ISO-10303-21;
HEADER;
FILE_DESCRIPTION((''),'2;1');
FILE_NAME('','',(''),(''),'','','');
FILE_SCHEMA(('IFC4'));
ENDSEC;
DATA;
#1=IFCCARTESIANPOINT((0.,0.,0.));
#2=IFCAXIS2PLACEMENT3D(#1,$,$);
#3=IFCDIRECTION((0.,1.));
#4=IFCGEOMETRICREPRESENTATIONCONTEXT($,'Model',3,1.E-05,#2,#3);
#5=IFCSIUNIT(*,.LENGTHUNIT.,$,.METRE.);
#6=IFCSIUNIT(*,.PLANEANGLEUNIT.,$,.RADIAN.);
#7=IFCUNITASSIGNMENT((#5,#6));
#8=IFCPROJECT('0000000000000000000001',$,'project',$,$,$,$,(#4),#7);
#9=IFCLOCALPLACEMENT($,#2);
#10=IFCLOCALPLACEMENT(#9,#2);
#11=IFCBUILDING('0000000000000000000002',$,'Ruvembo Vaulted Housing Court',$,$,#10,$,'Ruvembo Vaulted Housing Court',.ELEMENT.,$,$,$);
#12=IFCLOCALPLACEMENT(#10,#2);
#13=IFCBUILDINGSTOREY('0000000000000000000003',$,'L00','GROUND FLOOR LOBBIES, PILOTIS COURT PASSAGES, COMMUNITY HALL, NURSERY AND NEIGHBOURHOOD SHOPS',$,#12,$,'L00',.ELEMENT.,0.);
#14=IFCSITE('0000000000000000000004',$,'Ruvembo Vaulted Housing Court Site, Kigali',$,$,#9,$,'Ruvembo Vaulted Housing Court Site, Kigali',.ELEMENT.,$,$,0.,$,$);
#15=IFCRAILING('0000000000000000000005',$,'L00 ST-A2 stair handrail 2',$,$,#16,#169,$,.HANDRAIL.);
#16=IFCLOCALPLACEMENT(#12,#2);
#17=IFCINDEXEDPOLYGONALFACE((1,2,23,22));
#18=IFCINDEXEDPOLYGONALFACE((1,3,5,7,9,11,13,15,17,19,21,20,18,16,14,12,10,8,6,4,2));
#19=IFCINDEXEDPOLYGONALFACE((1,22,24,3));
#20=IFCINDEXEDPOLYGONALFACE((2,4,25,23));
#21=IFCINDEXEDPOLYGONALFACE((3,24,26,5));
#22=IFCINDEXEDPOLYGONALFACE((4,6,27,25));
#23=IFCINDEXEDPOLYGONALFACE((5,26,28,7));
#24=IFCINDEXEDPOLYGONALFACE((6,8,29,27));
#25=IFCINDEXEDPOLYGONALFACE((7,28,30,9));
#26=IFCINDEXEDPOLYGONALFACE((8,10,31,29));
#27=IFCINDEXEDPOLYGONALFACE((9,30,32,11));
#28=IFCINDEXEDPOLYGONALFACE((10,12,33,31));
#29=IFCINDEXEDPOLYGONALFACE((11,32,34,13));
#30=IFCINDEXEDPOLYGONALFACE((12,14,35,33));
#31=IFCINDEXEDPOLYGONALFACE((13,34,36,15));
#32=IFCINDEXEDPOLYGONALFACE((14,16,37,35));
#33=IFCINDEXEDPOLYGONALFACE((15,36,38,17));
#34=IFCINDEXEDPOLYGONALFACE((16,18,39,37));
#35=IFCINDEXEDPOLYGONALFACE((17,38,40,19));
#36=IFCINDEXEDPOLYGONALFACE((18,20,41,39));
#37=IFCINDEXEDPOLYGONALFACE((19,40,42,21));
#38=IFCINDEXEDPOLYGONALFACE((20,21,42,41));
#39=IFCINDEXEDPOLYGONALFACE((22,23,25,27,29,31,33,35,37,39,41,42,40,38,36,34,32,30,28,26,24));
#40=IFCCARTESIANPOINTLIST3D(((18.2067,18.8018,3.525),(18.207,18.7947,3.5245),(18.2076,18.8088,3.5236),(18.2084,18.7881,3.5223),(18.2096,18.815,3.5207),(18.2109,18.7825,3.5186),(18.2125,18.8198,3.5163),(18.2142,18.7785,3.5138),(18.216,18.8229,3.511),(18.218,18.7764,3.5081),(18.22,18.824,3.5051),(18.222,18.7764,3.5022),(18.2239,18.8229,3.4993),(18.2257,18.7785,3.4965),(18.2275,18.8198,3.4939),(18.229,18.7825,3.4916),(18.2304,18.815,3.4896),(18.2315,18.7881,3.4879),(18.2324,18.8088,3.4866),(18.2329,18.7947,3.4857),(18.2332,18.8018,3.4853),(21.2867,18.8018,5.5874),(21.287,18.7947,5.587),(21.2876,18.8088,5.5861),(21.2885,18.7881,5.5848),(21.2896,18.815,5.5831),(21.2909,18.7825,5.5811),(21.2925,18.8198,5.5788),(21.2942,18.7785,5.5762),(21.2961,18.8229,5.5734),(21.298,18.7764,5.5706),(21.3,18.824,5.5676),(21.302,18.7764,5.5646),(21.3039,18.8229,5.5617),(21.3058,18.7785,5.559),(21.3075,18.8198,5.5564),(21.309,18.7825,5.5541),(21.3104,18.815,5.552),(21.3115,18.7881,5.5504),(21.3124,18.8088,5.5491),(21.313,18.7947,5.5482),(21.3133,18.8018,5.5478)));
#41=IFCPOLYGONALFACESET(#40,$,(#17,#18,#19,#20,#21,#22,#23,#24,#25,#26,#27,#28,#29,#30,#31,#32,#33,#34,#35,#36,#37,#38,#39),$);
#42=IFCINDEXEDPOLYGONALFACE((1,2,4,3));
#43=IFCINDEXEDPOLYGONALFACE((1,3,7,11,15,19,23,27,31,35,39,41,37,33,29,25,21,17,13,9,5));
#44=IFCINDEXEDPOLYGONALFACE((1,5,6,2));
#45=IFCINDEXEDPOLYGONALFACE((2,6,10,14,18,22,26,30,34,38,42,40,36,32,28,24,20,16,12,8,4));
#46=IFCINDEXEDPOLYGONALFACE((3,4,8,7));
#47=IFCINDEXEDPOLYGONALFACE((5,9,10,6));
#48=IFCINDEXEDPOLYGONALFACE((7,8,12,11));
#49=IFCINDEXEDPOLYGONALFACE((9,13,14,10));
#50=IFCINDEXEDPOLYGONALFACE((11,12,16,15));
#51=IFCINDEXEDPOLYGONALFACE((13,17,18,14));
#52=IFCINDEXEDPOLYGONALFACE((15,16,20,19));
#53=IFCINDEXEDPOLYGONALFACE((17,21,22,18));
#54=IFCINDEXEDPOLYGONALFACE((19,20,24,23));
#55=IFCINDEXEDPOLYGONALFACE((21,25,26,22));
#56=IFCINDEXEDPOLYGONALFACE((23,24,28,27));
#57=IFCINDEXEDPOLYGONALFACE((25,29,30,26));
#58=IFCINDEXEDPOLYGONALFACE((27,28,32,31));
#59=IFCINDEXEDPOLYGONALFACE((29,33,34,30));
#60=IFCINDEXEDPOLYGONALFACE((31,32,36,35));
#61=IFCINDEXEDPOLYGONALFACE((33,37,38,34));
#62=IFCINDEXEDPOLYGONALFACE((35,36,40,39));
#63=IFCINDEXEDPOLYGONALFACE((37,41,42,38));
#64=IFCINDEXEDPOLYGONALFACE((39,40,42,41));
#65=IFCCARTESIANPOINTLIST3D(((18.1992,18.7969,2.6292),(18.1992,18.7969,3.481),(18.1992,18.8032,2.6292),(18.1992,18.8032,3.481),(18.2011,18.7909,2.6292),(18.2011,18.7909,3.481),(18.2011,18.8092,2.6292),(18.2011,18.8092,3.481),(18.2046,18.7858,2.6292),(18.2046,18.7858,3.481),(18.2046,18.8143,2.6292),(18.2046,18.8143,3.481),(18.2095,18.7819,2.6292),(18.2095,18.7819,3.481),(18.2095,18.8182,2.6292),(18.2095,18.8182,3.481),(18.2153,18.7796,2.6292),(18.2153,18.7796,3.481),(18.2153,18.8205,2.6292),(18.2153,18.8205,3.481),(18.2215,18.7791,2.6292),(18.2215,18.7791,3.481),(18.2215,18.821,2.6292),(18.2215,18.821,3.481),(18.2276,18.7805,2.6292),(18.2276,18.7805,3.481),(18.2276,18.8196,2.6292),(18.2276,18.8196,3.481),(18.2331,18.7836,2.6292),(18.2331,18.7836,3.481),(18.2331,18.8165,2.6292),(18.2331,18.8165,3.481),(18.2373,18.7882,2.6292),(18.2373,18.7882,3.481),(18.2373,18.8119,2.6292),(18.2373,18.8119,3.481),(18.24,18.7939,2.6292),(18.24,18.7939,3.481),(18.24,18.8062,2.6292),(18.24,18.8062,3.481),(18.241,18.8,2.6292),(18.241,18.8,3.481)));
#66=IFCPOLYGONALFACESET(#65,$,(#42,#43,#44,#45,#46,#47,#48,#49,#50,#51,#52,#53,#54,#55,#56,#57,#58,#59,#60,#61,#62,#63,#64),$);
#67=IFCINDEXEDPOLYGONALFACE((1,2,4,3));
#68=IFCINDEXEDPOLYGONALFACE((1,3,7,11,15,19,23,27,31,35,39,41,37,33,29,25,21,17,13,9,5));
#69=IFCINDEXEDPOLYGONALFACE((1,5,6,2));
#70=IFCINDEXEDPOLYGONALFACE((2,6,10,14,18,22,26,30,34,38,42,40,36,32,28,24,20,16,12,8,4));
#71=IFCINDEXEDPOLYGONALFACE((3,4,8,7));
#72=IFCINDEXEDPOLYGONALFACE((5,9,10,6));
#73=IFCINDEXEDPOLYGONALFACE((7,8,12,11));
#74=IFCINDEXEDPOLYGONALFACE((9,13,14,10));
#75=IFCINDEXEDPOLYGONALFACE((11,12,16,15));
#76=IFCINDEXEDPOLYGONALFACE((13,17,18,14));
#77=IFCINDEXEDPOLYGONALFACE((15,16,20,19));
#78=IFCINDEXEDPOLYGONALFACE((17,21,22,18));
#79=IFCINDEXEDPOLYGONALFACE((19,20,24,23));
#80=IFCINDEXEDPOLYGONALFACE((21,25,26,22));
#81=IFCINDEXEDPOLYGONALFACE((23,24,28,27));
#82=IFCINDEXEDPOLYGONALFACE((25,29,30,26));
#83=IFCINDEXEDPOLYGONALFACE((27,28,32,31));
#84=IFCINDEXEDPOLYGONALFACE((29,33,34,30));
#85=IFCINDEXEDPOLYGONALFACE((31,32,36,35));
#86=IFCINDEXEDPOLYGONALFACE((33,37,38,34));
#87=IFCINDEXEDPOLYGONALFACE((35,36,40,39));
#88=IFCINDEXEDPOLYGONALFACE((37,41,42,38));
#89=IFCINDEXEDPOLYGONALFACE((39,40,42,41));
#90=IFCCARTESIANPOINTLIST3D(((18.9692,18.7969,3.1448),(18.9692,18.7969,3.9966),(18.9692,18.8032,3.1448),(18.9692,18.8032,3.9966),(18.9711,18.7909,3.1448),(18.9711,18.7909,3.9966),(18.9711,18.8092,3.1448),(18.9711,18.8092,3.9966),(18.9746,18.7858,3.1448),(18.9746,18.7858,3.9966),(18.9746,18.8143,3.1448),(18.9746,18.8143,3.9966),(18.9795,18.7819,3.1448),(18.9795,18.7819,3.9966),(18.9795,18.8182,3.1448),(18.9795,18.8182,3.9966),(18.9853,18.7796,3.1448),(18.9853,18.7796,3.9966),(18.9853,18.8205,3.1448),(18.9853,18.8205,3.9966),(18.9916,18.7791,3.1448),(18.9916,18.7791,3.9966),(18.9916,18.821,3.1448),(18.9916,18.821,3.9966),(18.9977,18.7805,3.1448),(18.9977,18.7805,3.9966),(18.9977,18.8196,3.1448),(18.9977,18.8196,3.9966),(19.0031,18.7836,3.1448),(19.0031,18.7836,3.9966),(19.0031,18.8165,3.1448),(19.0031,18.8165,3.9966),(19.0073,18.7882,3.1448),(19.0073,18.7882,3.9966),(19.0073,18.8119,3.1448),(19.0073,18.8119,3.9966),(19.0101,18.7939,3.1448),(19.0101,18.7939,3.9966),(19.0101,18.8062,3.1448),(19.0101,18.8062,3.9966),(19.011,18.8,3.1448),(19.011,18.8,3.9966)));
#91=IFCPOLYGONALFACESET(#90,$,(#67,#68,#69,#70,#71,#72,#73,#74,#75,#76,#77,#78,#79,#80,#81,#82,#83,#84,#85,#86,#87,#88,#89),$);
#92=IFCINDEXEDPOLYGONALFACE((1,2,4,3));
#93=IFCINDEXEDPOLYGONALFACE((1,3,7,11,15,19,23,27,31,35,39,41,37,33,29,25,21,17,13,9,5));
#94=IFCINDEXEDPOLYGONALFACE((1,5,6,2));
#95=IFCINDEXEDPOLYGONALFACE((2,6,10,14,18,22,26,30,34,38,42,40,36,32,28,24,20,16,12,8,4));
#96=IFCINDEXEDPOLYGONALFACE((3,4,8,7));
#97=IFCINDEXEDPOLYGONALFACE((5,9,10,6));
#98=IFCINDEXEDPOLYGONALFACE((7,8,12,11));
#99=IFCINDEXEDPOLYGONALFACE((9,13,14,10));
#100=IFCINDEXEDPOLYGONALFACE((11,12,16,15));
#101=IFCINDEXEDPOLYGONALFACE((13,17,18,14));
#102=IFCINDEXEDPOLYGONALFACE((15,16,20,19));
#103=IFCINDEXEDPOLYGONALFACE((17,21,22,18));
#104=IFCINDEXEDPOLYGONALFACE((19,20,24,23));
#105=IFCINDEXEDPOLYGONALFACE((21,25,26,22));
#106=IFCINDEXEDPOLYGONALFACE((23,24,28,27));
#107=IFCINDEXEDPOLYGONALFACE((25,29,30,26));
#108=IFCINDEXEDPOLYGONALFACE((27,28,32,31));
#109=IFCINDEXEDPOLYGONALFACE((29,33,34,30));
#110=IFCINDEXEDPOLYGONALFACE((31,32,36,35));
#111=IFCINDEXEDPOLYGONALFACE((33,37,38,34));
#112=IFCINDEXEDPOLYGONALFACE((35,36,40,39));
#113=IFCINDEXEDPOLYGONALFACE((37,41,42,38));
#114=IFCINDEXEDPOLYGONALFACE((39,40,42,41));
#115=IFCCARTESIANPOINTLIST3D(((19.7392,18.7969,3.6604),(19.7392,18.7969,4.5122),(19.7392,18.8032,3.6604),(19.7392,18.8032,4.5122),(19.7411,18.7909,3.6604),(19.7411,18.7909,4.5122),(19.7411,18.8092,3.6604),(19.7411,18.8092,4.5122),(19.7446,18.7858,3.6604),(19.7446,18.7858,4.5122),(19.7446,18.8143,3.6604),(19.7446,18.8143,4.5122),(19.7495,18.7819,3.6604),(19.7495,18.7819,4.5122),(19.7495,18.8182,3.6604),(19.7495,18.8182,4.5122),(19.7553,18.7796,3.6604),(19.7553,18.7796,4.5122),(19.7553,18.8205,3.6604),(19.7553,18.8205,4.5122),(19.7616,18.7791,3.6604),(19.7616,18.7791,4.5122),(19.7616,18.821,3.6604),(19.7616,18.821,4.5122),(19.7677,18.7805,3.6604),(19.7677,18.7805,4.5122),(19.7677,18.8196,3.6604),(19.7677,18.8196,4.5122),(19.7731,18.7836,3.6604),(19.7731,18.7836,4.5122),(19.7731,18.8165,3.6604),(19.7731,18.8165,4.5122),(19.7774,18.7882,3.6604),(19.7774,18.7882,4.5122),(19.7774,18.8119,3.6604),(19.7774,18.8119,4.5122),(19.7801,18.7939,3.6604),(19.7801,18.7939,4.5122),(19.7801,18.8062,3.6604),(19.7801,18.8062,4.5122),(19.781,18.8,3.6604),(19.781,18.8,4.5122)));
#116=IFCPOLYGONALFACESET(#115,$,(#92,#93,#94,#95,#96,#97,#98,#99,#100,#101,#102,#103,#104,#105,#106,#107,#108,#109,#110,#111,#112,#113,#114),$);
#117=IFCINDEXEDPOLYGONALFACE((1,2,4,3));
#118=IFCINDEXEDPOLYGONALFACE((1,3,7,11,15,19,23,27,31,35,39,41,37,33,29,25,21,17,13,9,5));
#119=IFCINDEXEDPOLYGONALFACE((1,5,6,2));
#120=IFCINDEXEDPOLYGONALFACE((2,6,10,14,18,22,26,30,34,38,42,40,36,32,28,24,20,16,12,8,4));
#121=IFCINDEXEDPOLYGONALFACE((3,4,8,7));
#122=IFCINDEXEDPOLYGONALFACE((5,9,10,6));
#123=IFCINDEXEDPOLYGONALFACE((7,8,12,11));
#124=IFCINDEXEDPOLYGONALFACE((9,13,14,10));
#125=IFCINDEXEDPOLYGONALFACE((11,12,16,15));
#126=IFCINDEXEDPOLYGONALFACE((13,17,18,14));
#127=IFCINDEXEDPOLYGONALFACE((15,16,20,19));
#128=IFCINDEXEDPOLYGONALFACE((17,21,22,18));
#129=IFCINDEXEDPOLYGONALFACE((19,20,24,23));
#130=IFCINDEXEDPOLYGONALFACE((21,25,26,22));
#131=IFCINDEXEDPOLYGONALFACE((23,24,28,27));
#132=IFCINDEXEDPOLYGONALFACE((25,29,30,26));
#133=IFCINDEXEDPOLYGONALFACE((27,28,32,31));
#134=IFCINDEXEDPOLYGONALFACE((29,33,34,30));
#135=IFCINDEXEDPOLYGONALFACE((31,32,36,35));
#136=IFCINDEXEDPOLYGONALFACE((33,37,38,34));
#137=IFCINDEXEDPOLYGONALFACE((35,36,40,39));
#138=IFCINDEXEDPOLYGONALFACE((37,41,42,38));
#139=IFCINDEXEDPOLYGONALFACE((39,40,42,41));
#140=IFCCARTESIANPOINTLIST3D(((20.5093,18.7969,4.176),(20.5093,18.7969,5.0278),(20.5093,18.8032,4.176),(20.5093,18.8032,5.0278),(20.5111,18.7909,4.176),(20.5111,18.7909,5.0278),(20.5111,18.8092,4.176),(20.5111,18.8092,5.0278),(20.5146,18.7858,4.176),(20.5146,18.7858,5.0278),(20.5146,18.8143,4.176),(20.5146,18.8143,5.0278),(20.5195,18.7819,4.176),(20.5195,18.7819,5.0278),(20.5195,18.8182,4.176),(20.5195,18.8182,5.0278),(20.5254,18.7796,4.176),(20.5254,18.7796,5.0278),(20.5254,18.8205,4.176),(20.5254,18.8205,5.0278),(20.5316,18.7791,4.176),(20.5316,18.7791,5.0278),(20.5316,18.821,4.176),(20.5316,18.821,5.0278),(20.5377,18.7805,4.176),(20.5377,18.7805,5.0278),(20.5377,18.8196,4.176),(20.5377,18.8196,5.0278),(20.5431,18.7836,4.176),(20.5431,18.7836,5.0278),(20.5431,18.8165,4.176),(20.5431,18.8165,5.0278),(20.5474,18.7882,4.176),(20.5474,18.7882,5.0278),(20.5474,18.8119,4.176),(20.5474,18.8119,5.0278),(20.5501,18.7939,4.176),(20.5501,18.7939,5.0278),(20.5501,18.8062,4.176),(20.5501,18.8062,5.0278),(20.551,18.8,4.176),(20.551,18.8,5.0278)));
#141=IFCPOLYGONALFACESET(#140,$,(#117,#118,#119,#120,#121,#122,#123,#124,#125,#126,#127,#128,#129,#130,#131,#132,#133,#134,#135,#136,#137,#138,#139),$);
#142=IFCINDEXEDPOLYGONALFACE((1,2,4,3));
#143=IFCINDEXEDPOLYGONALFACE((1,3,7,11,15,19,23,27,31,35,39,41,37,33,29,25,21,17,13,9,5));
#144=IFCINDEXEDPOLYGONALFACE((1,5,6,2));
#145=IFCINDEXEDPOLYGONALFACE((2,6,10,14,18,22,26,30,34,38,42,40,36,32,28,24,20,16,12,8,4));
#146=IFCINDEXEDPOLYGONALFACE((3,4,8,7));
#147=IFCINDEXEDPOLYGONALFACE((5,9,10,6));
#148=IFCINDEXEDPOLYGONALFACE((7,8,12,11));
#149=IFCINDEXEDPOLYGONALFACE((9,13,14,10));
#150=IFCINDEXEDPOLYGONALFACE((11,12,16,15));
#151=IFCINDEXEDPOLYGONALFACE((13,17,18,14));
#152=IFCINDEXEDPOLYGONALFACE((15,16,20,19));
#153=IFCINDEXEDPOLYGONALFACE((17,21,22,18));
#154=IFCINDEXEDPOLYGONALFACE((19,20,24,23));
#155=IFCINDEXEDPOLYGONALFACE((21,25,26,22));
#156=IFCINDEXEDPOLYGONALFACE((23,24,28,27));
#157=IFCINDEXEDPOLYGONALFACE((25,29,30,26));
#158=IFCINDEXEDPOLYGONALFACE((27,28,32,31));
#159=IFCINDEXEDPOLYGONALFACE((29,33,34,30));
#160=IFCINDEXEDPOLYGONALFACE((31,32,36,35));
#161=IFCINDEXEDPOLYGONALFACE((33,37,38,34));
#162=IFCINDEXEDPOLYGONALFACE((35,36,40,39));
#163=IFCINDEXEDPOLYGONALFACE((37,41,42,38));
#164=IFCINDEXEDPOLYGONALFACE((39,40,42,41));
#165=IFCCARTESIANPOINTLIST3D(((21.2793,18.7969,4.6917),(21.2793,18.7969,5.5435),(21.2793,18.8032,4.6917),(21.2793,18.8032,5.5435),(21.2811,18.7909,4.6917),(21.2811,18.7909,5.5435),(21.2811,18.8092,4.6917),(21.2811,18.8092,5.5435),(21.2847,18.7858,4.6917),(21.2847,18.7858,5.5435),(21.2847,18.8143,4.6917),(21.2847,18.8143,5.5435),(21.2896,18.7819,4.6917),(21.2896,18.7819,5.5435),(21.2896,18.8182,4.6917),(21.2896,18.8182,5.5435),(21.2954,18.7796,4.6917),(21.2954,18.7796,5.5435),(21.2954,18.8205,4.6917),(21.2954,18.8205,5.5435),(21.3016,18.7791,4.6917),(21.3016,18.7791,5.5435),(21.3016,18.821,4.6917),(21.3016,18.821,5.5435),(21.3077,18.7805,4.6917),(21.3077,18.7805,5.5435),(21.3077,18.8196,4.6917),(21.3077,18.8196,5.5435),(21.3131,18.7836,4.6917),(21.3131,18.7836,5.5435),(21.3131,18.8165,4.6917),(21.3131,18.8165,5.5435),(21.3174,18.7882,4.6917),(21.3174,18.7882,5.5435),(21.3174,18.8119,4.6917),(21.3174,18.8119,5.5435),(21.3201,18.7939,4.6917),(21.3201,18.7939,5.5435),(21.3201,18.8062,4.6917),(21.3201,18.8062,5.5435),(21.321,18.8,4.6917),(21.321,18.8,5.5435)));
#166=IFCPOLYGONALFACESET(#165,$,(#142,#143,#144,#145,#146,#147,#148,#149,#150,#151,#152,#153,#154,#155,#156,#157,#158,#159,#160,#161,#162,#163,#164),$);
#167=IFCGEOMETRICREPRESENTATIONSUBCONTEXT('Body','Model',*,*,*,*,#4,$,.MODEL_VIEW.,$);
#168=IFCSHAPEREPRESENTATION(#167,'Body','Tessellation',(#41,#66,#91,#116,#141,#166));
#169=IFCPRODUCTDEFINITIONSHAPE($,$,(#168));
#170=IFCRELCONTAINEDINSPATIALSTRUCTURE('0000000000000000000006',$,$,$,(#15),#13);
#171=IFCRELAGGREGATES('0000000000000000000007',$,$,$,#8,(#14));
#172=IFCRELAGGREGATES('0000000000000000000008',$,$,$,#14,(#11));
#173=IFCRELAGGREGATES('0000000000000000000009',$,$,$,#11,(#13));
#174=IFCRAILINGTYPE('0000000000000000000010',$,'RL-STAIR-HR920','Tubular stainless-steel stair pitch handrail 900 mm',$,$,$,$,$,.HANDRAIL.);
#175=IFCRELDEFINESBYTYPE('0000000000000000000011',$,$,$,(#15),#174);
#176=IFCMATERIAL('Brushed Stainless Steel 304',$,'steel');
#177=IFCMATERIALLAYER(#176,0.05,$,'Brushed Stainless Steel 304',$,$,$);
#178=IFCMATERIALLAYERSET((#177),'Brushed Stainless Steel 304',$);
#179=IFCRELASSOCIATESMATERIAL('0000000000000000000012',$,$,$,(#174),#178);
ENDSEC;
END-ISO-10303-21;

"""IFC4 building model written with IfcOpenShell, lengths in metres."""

from ifc_helpers import new_model, si_unit, direction, frame, origin, origin_2d, place, context, subcontext, project, spatial, circle, extrude, material, layer, layer_set, type_object, element, save


model = new_model("IFC4")

# Units and contexts
model_context = context("Model", 3, precision=1e-05, world=origin(), true_north=direction((0.0, 1.0)))
body_context = subcontext(model_context, "Body", "Model", "MODEL_VIEW")
ifc_project = project(units=[si_unit("LENGTHUNIT", "METRE"), si_unit("PLANEANGLEUNIT", "RADIAN")], contexts=[model_context])

# Site, building, storey
site_placement = place(None, origin())
site = spatial("IfcSite", under=ifc_project, at=site_placement, Name="Ruvembo Vaulted Housing Court Site, Kigali", LongName="Ruvembo Vaulted Housing Court Site, Kigali", CompositionType="ELEMENT", RefElevation=0.0)
building_placement = place(site_placement, origin())
building = spatial("IfcBuilding", under=site, at=building_placement, Name="Ruvembo Vaulted Housing Court", LongName="Ruvembo Vaulted Housing Court", CompositionType="ELEMENT")
storey_placement = place(building_placement, origin())
storey = spatial("IfcBuildingStorey", under=building, at=storey_placement, Name="L00", Description="GROUND FLOOR LOBBIES, PILOTIS COURT PASSAGES, COMMUNITY HALL, NURSERY AND NEIGHBOURHOOD SHOPS", LongName="L00", CompositionType="ELEMENT", Elevation=0.0)

# Railing
ifc_material_1 = material(Name="Brushed Stainless Steel 304", Category="steel")
ifc_layer_1 = layer(ifc_material_1, 0.05, Name="Brushed Stainless Steel 304")
ifc_layer_set_1 = layer_set([ifc_layer_1], Name="Brushed Stainless Steel 304")
railing_type_1 = type_object("IfcRailingType", Name="RL-STAIR-HR920", Description="Tubular stainless-steel stair pitch handrail 900 mm", PredefinedType="HANDRAIL", material=ifc_layer_set_1)
railing_1_placement = place(storey_placement, frame((18.22, 18.8, 2.6292)))
element("IfcRailing", 1, at=railing_1_placement, inside=storey, type_object=railing_type_1, Name="L00 ST-A2 stair handrail 2", PredefinedType="HANDRAIL", context=body_context, shape_type="SweptSolid", body=[
    extrude(circle(Radius=0.0239, at=origin_2d()), frame((0.0, 0.0, 0.876), z_axis=(0.830914, 0.0, 0.556401), x_axis=(0.0, 1.0, 0.0)), (0.0, 0.0, 1.0), 3.7068),
    extrude(circle(Radius=0.021, at=origin_2d()), origin(), (0.0, 0.0, 1.0), 0.8518),
    extrude(circle(Radius=0.021, at=origin_2d()), frame((0.77, 0.0, 0.5156)), (0.0, 0.0, 1.0), 0.8518),
    extrude(circle(Radius=0.021, at=origin_2d()), frame((1.54, 0.0, 1.0312)), (0.0, 0.0, 1.0), 0.8518),
    extrude(circle(Radius=0.021, at=origin_2d()), frame((2.3101, 0.0, 1.5469)), (0.0, 0.0, 1.0), 0.8518),
    extrude(circle(Radius=0.021, at=origin_2d()), frame((3.0801, 0.0, 2.0625)), (0.0, 0.0, 1.0), 0.8518),
])

save(model, "model.ifc")
